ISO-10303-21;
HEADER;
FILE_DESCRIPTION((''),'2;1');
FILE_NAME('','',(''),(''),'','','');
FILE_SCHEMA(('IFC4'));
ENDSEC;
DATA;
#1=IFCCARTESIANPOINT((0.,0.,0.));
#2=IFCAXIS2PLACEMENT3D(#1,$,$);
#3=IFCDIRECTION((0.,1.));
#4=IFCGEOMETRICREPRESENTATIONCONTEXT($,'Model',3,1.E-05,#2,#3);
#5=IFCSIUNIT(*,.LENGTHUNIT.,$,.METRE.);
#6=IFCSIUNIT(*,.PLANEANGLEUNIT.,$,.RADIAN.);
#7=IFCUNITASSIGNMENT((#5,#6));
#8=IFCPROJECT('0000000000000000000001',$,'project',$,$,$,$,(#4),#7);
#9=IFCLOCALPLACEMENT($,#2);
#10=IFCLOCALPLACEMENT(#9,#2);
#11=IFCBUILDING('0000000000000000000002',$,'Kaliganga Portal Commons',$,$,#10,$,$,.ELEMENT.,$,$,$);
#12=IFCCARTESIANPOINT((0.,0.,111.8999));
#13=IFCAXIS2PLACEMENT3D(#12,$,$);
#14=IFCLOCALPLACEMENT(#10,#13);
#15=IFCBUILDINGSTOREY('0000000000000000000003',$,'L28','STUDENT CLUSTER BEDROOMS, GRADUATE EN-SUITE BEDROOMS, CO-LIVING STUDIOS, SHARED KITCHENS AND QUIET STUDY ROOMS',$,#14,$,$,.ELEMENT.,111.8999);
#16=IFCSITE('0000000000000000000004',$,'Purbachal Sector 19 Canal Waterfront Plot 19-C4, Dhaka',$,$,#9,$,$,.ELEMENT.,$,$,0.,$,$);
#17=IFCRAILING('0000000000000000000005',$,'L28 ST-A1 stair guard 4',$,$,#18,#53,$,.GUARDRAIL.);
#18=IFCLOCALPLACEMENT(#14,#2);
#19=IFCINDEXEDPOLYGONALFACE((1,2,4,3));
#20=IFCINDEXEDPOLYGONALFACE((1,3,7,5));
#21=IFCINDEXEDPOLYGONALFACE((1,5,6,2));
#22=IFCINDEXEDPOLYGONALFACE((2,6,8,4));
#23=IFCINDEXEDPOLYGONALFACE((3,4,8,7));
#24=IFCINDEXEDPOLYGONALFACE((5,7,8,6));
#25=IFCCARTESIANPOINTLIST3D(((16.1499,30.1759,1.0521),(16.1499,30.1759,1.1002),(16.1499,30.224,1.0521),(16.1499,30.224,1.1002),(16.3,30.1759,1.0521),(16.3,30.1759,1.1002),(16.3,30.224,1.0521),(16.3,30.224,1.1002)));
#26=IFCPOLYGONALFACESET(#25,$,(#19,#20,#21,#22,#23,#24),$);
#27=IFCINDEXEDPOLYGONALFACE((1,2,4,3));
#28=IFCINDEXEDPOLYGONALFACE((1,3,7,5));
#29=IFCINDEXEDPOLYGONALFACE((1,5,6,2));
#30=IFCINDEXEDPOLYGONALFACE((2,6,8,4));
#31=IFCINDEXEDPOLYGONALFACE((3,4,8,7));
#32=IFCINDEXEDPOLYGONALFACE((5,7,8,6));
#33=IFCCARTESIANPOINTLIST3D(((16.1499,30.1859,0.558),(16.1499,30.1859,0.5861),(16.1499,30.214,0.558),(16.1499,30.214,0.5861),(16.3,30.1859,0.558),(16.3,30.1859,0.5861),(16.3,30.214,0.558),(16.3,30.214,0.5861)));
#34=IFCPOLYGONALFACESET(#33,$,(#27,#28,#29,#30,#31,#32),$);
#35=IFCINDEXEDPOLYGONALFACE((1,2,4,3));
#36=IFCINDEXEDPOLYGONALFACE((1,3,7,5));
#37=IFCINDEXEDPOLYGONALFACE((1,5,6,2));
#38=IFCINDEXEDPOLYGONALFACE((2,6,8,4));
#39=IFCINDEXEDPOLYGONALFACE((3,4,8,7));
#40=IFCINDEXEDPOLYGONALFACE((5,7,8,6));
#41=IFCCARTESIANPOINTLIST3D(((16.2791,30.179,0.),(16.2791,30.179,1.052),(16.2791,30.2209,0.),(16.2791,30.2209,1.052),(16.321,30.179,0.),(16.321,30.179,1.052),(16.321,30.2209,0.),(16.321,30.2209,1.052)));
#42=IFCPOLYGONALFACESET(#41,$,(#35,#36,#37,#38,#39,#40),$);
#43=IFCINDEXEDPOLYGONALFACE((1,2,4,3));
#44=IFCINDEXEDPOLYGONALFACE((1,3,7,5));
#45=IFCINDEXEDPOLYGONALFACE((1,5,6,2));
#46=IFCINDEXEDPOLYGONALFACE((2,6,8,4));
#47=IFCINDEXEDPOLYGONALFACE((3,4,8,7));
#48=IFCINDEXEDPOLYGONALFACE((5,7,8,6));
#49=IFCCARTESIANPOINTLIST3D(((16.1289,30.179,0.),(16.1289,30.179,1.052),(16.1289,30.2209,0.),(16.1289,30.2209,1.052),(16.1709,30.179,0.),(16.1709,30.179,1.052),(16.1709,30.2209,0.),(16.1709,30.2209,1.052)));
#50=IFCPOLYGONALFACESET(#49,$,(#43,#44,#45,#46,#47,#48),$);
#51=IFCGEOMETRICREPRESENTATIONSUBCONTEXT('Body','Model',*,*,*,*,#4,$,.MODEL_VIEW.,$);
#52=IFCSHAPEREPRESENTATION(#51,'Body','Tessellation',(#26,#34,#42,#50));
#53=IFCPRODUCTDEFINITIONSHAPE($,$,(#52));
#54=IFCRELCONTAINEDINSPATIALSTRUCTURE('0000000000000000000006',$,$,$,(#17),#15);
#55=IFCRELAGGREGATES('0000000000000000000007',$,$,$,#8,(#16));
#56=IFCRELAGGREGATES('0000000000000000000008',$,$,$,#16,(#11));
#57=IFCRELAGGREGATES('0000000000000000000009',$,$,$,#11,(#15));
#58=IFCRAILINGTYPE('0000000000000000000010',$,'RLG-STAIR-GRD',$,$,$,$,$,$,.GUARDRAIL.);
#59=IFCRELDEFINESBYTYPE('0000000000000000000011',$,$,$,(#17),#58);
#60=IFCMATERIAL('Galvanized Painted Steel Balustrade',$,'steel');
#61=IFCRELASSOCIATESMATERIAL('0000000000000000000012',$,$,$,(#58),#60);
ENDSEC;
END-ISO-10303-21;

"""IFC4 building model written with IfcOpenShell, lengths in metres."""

from ifc_helpers import new_model, si_unit, direction, frame, origin, origin_2d, place, context, subcontext, project, spatial, rectangle, extrude, material, type_object, element, save


model = new_model("IFC4")

# Units and contexts
model_context = context("Model", 3, precision=1e-05, world=origin(), true_north=direction((0.0, 1.0)))
body_context = subcontext(model_context, "Body", "Model", "MODEL_VIEW")
ifc_project = project(units=[si_unit("LENGTHUNIT", "METRE"), si_unit("PLANEANGLEUNIT", "RADIAN")], contexts=[model_context])

# Site, building, storey
site_placement = place(None, origin())
site = spatial("IfcSite", under=ifc_project, at=site_placement, Name="Purbachal Sector 19 Canal Waterfront Plot 19-C4, Dhaka", CompositionType="ELEMENT", RefElevation=0.0)
building_placement = place(site_placement, origin())
building = spatial("IfcBuilding", under=site, at=building_placement, Name="Kaliganga Portal Commons", CompositionType="ELEMENT")
storey_placement = place(building_placement, frame((0.0, 0.0, 111.8999)))
storey = spatial("IfcBuildingStorey", under=building, at=storey_placement, Name="L28", Description="STUDENT CLUSTER BEDROOMS, GRADUATE EN-SUITE BEDROOMS, CO-LIVING STUDIOS, SHARED KITCHENS AND QUIET STUDY ROOMS", CompositionType="ELEMENT", Elevation=111.8999)

# Railing
ifc_material_1 = material(Name="Galvanized Painted Steel Balustrade", Category="steel")
railing_type = type_object("IfcRailingType", Name="RLG-STAIR-GRD", PredefinedType="GUARDRAIL", material=ifc_material_1)
railing_placement = place(storey_placement, frame((16.3, 30.2, 0.0)))
element("IfcRailing", 1, at=railing_placement, inside=storey, type_object=railing_type, Name="L28 ST-A1 stair guard 4", PredefinedType="GUARDRAIL", context=body_context, shape_type="SweptSolid", body=[
    extrude(rectangle(XDim=0.0481, YDim=0.0481, at=origin_2d()), frame((0.0, 0.0, 1.0762), z_axis=(-1.0, 0.0, 0.0), x_axis=(0.0, -1.0, 0.0)), (0.0, 0.0, 1.0), 0.1501),
    extrude(rectangle(XDim=0.0281, YDim=0.0281, at=origin_2d()), frame((0.0, 0.0, 0.572), z_axis=(-1.0, 0.0, 0.0), x_axis=(0.0, -1.0, 0.0)), (0.0, 0.0, 1.0), 0.1501),
    extrude(rectangle(XDim=0.042, YDim=0.042, at=origin_2d()), origin(), (0.0, 0.0, 1.0), 1.052),
    extrude(rectangle(XDim=0.042, YDim=0.042, at=origin_2d()), frame((-0.1501, 0.0, 0.0)), (0.0, 0.0, 1.0), 1.052),
])

save(model, "model.ifc")
